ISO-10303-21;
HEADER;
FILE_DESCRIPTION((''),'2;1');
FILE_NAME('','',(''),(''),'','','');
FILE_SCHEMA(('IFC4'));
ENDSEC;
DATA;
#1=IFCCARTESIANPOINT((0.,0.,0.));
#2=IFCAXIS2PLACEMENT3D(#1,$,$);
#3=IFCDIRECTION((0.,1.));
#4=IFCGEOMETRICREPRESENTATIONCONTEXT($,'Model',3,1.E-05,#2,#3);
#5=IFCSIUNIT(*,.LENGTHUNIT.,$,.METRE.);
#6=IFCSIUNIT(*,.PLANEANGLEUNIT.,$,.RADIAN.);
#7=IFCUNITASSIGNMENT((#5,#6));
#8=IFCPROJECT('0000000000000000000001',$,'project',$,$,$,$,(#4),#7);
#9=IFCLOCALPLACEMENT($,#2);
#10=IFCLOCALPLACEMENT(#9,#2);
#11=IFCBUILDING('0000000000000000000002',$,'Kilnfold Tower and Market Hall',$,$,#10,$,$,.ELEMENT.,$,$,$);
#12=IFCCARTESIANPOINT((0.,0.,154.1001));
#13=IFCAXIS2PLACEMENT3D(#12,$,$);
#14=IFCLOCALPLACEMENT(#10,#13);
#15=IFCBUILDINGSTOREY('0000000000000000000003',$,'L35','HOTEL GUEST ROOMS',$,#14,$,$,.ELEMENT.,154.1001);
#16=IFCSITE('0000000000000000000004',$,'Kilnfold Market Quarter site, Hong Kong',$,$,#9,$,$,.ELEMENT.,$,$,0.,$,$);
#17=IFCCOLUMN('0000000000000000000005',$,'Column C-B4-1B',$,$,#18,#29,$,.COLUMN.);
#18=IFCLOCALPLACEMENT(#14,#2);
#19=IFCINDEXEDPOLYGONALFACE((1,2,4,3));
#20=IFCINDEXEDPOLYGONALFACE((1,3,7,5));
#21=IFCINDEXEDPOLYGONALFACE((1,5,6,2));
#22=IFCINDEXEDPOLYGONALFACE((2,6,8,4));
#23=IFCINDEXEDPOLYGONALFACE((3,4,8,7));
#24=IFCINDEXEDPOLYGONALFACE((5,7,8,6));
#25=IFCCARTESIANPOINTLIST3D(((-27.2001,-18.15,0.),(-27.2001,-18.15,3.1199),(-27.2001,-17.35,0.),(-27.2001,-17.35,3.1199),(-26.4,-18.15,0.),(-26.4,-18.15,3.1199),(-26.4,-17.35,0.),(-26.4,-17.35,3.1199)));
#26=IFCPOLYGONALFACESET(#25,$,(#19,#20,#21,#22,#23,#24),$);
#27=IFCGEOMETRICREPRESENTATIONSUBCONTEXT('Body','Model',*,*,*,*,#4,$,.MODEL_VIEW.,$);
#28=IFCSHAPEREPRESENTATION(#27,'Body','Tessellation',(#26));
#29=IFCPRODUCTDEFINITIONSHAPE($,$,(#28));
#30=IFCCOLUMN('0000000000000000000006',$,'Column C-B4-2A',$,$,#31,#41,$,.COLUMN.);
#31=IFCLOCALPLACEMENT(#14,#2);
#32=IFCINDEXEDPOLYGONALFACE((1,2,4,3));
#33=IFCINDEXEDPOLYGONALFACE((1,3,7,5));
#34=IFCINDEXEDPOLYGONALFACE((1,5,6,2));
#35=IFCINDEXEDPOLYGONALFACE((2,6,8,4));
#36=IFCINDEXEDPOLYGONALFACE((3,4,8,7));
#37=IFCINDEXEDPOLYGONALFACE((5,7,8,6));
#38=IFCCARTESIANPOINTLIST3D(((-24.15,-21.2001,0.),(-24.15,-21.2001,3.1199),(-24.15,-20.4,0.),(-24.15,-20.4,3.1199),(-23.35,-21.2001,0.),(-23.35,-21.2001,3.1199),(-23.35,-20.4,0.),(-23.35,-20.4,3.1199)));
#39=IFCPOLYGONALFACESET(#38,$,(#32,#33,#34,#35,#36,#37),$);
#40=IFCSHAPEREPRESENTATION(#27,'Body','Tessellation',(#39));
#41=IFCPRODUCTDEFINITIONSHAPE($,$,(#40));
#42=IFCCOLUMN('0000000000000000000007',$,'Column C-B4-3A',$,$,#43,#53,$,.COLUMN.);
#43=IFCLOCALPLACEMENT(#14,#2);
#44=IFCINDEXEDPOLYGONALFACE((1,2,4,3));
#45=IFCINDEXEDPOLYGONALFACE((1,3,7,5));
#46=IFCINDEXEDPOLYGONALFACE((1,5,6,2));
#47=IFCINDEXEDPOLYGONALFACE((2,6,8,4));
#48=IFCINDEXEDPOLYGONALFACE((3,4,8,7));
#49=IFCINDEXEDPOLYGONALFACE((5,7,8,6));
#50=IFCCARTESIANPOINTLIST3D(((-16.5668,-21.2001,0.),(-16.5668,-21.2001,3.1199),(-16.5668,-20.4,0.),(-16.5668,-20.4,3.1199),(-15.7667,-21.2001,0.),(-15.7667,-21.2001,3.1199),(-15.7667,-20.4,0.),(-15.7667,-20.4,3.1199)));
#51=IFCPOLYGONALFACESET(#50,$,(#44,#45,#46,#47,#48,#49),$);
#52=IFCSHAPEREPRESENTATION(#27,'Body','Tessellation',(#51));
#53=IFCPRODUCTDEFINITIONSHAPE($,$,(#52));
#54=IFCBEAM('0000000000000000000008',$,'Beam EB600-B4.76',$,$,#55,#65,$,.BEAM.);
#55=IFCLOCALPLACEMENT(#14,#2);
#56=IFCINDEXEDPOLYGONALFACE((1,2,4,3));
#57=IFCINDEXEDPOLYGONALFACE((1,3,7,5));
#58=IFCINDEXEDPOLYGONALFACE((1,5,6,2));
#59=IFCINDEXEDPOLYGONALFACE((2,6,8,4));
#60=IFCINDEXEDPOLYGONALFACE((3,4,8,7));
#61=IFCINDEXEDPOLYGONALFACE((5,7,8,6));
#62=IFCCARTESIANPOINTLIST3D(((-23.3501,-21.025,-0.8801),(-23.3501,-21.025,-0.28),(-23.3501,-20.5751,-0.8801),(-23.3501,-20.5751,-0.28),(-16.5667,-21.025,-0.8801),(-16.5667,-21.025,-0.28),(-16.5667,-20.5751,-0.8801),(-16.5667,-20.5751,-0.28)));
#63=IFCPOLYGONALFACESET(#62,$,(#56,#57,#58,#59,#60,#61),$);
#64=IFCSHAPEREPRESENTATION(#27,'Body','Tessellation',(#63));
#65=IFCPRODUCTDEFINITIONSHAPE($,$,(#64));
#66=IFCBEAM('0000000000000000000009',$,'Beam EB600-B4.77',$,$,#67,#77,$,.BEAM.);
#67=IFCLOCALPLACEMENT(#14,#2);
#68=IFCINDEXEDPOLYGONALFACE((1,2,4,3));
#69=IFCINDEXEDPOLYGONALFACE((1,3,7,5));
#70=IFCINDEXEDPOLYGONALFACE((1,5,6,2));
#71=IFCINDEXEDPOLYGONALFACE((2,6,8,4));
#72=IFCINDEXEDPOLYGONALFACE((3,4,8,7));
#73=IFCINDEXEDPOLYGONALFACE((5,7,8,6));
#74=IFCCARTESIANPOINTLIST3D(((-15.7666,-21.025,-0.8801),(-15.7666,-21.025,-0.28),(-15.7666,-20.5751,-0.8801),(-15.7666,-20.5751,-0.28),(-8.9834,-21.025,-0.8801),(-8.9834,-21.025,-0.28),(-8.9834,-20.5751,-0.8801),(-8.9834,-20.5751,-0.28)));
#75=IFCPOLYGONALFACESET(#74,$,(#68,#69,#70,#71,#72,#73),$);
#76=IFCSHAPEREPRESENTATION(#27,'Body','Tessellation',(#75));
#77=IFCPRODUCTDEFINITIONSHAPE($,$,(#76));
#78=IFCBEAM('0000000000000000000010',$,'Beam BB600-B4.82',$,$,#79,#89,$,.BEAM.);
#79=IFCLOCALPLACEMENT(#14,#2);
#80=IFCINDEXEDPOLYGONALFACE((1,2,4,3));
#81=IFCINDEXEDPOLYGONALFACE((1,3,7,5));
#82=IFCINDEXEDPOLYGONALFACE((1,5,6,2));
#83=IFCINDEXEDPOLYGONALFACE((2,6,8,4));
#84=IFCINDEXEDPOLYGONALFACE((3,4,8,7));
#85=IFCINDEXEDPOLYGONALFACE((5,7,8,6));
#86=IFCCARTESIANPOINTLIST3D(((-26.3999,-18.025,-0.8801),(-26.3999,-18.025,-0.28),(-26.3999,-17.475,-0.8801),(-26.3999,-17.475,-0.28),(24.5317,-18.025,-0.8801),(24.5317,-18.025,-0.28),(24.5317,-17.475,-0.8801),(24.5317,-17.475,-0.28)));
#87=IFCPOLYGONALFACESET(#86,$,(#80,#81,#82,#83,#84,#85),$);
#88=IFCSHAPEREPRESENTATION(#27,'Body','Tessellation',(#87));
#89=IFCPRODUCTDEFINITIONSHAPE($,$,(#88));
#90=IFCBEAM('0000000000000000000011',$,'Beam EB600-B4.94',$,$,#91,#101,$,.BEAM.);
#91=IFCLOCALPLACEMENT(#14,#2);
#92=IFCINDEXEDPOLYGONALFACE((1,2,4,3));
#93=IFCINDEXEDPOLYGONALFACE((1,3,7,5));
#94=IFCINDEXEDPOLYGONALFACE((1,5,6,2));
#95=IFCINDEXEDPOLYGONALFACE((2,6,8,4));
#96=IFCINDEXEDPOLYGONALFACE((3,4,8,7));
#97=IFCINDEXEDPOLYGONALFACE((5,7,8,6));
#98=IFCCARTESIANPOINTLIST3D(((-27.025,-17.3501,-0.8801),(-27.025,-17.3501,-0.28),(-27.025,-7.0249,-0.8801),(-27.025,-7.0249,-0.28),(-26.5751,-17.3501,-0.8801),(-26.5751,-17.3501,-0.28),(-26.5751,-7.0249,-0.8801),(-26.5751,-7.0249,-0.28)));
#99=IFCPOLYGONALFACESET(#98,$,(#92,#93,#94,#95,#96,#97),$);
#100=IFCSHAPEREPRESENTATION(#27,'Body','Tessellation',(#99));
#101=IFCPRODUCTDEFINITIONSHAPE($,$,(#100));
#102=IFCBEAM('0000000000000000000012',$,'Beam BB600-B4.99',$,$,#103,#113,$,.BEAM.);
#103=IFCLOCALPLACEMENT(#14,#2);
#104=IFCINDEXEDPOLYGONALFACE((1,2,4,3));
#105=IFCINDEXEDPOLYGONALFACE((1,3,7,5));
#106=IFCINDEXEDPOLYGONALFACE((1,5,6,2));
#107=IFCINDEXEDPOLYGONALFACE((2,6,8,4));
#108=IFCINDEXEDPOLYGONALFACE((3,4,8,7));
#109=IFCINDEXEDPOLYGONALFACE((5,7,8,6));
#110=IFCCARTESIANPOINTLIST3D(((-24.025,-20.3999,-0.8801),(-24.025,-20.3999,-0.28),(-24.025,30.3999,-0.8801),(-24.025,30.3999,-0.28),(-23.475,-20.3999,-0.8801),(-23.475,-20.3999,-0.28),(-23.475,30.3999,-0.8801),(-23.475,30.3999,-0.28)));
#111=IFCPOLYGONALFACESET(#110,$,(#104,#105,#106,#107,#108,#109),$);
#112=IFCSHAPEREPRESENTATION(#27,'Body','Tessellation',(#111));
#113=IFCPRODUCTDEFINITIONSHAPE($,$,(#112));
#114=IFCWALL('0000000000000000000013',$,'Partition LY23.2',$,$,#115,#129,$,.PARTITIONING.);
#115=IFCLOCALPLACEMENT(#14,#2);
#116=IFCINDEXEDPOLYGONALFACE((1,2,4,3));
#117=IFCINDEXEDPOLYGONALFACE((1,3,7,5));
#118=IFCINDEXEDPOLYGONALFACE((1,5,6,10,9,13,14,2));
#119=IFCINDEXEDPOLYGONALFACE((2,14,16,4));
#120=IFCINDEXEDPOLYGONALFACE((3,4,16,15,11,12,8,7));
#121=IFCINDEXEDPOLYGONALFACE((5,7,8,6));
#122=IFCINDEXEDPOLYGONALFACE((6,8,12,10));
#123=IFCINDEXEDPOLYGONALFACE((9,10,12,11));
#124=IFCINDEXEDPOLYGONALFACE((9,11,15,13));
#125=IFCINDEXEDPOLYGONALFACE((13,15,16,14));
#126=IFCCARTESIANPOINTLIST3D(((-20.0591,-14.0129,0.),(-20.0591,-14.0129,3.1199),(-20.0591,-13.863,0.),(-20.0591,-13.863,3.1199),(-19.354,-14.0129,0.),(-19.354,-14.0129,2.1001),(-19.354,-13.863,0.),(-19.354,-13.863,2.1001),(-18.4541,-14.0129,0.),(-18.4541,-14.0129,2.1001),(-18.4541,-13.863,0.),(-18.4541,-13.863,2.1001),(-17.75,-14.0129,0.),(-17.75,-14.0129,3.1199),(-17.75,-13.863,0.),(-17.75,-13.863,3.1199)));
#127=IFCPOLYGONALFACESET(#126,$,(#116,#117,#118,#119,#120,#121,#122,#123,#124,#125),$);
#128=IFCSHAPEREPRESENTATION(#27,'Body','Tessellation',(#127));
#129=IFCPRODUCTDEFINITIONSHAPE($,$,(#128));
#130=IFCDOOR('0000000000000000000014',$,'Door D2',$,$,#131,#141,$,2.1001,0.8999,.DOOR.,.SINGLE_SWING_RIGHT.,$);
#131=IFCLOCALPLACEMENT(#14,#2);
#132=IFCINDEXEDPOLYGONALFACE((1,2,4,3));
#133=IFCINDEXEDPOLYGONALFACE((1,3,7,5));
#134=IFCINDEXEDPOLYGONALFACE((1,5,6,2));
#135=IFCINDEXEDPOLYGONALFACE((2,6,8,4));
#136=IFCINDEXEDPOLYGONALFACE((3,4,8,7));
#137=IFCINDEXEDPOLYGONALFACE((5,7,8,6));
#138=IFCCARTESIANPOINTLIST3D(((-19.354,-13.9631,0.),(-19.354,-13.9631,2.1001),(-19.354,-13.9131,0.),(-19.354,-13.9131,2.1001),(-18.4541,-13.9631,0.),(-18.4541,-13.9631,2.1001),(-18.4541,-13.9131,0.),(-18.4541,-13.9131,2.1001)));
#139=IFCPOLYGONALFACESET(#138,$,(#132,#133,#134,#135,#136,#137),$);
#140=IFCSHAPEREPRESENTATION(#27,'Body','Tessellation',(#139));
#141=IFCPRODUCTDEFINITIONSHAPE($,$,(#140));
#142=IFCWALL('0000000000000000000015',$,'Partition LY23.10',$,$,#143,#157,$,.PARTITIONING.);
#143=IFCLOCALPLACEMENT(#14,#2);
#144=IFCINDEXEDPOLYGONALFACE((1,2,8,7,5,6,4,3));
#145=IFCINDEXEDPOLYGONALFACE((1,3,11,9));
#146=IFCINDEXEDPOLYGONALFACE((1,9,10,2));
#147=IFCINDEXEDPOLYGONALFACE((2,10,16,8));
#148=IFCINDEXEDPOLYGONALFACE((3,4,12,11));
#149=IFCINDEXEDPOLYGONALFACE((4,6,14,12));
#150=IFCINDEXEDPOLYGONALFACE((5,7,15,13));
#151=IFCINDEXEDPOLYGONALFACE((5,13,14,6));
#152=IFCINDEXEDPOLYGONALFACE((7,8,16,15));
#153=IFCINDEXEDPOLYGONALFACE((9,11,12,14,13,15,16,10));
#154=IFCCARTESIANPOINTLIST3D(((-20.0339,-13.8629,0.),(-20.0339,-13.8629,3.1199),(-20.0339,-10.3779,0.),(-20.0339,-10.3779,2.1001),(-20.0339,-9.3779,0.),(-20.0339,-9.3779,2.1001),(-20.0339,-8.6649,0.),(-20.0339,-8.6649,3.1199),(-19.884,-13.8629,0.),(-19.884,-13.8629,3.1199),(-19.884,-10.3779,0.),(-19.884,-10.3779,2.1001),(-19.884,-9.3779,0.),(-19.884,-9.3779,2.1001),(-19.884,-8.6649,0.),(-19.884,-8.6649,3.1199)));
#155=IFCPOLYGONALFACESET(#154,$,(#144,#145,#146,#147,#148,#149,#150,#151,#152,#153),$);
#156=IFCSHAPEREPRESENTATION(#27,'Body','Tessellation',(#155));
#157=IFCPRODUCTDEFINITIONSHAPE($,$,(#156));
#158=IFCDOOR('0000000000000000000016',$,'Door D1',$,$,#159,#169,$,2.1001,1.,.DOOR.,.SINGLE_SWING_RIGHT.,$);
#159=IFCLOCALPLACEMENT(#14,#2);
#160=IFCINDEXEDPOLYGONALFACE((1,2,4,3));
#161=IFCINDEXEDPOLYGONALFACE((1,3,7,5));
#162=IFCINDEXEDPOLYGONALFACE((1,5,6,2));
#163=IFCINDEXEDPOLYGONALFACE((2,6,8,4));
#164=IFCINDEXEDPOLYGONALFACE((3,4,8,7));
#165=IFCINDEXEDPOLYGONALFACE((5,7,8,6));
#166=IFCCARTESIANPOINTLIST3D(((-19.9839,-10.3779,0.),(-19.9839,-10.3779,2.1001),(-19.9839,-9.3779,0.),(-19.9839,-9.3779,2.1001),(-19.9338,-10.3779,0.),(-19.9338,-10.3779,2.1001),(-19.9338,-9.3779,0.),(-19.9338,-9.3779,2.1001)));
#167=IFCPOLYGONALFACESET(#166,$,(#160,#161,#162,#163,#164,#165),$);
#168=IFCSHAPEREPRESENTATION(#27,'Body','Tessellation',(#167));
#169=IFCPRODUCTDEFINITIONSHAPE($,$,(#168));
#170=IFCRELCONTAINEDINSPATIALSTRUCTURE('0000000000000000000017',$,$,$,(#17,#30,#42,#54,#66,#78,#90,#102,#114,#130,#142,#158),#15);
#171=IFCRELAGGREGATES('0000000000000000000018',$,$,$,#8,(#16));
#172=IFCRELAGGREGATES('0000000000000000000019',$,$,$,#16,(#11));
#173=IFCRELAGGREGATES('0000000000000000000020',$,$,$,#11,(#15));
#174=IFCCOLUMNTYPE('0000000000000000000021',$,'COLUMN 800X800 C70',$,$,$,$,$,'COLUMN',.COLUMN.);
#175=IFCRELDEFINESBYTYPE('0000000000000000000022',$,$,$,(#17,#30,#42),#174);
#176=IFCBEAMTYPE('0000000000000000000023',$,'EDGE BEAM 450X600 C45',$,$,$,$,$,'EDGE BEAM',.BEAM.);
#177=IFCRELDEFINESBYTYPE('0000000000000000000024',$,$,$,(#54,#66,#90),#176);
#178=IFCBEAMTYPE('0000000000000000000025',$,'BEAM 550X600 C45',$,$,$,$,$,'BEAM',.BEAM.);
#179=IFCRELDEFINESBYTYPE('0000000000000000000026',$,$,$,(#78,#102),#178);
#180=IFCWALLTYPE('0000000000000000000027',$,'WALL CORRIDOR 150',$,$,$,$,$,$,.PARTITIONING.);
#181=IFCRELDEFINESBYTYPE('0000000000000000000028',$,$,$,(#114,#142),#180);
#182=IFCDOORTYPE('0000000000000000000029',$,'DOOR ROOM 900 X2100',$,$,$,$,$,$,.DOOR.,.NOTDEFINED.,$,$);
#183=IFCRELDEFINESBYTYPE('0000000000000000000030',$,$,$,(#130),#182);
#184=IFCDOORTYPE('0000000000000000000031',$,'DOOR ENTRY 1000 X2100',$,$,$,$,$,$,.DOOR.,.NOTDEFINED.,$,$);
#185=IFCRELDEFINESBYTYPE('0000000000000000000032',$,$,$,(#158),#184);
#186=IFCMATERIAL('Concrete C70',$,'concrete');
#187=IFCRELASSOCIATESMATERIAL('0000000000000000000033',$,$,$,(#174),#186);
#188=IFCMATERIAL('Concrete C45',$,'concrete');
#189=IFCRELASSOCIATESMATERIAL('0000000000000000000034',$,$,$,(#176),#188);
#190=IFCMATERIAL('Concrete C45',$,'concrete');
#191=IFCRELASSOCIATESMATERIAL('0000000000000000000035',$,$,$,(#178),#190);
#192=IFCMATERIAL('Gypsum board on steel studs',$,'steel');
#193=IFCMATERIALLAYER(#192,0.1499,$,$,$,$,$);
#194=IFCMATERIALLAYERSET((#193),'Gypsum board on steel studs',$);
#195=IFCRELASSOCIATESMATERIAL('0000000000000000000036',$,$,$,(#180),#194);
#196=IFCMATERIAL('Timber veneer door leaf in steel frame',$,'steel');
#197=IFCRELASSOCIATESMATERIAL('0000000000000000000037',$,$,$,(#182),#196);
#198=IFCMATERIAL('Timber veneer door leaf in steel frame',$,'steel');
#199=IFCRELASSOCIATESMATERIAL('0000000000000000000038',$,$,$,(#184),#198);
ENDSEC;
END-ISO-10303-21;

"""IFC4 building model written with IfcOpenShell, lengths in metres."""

from ifc_helpers import new_model, si_unit, direction, frame, frame_2d, origin, origin_2d, place, context, subcontext, project, spatial, rectangle, extrude, source, transform, mapped, material, layer, layer_set, material_profile, profile_set, type_object, element, fill, save


model = new_model("IFC4")

# Units and contexts
model_context = context("Model", 3, precision=1e-05, world=origin(), true_north=direction((0.0, 1.0)))
body_context = subcontext(model_context, "Body", "Model", "MODEL_VIEW")
ifc_project = project(units=[si_unit("LENGTHUNIT", "METRE"), si_unit("PLANEANGLEUNIT", "RADIAN")], contexts=[model_context])

# Site, building, storey
site_placement = place(None, origin())
site = spatial("IfcSite", under=ifc_project, at=site_placement, Name="Kilnfold Market Quarter site, Hong Kong", CompositionType="ELEMENT", RefElevation=0.0)
building_placement = place(site_placement, origin())
building = spatial("IfcBuilding", under=site, at=building_placement, Name="Kilnfold Tower and Market Hall", CompositionType="ELEMENT")
storey_placement = place(building_placement, frame((0.0, 0.0, 154.1001)))
storey = spatial("IfcBuildingStorey", under=building, at=storey_placement, Name="L35", Description="HOTEL GUEST ROOMS", CompositionType="ELEMENT", Elevation=154.1001)

# Columns
ifc_material_1 = material(Name="Concrete C70", Category="concrete")
ifc_material_profile_1 = material_profile(ifc_material_1, rectangle(XDim=0.8, YDim=0.8, at=origin_2d()), Name="RC 800x800")
ifc_profile_set_1 = profile_set([ifc_material_profile_1], Name="Concrete C70")
column_type = type_object("IfcColumnType", Name="COLUMN 800X800 C70", ElementType="COLUMN", PredefinedType="COLUMN", material=ifc_profile_set_1)
shared_shape_1 = source(origin(), body_context, "Body", "SweptSolid", [
    extrude(rectangle(XDim=0.8, YDim=0.8, at=origin_2d()), origin(), (0.0, 0.0, 1.0), 3.1199),
])
for number, where, z_axis, x_axis, name in (
    (1, (-26.8, -17.75, 0.0), (0.0, 0.0, 1.0), (1.0, 0.0, 0.0), "Column C-B4-1B"),
    (2, (-23.75, -20.8, 0.0), (0.0, 0.0, 1.0), (1.0, 0.0, 0.0), "Column C-B4-2A"),
    (3, (-16.1667, -20.8, 0.0), (0.0, 0.0, 1.0), (1.0, 0.0, 0.0), "Column C-B4-3A"),
):
    element("IfcColumn", number, at=place(storey_placement, frame(where, z_axis=z_axis, x_axis=x_axis)), inside=storey, type_object=column_type, Name=name, PredefinedType="COLUMN", context=body_context, shape_type="MappedRepresentation", body=[
        mapped(shared_shape_1, transform((0.0, 0.0, 0.0))),
    ])

# Beams
ifc_material_2 = material(Name="Concrete C45", Category="concrete")
ifc_material_profile_2 = material_profile(ifc_material_2, rectangle(XDim=0.45, YDim=0.6001, at=origin_2d()), Name="RC 450x600")
ifc_profile_set_2 = profile_set([ifc_material_profile_2], Name="Concrete C45")
beam_type_1 = type_object("IfcBeamType", Name="EDGE BEAM 450X600 C45", ElementType="EDGE BEAM", PredefinedType="BEAM", material=ifc_profile_set_2)
shared_shape_2 = source(origin(), body_context, "Body", "SweptSolid", [
    extrude(rectangle(XDim=0.45, YDim=0.6001, at=origin_2d()), origin(), (0.0, 0.0, 1.0), 6.7834),
])
beam_1_placement = place(storey_placement, frame((-23.3501, -20.8, -0.5801), z_axis=(1.0, 0.0, 0.0), x_axis=(0.0, 1.0, 0.0)))
element("IfcBeam", 4, at=beam_1_placement, inside=storey, type_object=beam_type_1, Name="Beam EB600-B4.76", PredefinedType="BEAM", context=body_context, shape_type="MappedRepresentation", body=[
    mapped(shared_shape_2, transform((0.0, 0.0, 0.0))),
])
shared_shape_3 = source(origin(), body_context, "Body", "SweptSolid", [
    extrude(rectangle(XDim=0.45, YDim=0.6001, at=origin_2d()), origin(), (0.0, 0.0, 1.0), 6.7832),
])
beam_2_placement = place(storey_placement, frame((-15.7666, -20.8, -0.5801), z_axis=(1.0, 0.0, 0.0), x_axis=(0.0, 1.0, 0.0)))
element("IfcBeam", 5, at=beam_2_placement, inside=storey, type_object=beam_type_1, Name="Beam EB600-B4.77", PredefinedType="BEAM", context=body_context, shape_type="MappedRepresentation", body=[
    mapped(shared_shape_3, transform((0.0, 0.0, 0.0))),
])
ifc_material_3 = material(Name="Concrete C45", Category="concrete")
ifc_material_profile_3 = material_profile(ifc_material_3, rectangle(XDim=0.55, YDim=0.6001, at=origin_2d()), Name="RC 550x600")
ifc_profile_set_3 = profile_set([ifc_material_profile_3], Name="Concrete C45")
beam_type_2 = type_object("IfcBeamType", Name="BEAM 550X600 C45", ElementType="BEAM", PredefinedType="BEAM", material=ifc_profile_set_3)
shared_shape_4 = source(origin(), body_context, "Body", "SweptSolid", [
    extrude(rectangle(XDim=0.55, YDim=0.6001, at=origin_2d()), origin(), (0.0, 0.0, 1.0), 50.9316),
])
beam_3_placement = place(storey_placement, frame((-26.3999, -17.75, -0.5801), z_axis=(1.0, 0.0, 0.0), x_axis=(0.0, 1.0, 0.0)))
element("IfcBeam", 6, at=beam_3_placement, inside=storey, type_object=beam_type_2, Name="Beam BB600-B4.82", PredefinedType="BEAM", context=body_context, shape_type="MappedRepresentation", body=[
    mapped(shared_shape_4, transform((0.0, 0.0, 0.0))),
])
shared_shape_5 = source(origin(), body_context, "Body", "SweptSolid", [
    extrude(rectangle(XDim=0.45, YDim=0.6001, at=origin_2d()), origin(), (0.0, 0.0, 1.0), 10.3252),
])
beam_4_placement = place(storey_placement, frame((-26.8, -17.3501, -0.5801), z_axis=(0.0, 1.0, 0.0), x_axis=(-1.0, 0.0, 0.0)))
element("IfcBeam", 7, at=beam_4_placement, inside=storey, type_object=beam_type_1, Name="Beam EB600-B4.94", PredefinedType="BEAM", context=body_context, shape_type="MappedRepresentation", body=[
    mapped(shared_shape_5, transform((0.0, 0.0, 0.0))),
])
shared_shape_6 = source(origin(), body_context, "Body", "SweptSolid", [
    extrude(rectangle(XDim=0.55, YDim=0.6001, at=origin_2d()), origin(), (0.0, 0.0, 1.0), 50.7998),
])
beam_5_placement = place(storey_placement, frame((-23.75, -20.3999, -0.5801), z_axis=(0.0, 1.0, 0.0), x_axis=(-1.0, 0.0, 0.0)))
element("IfcBeam", 8, at=beam_5_placement, inside=storey, type_object=beam_type_2, Name="Beam BB600-B4.99", PredefinedType="BEAM", context=body_context, shape_type="MappedRepresentation", body=[
    mapped(shared_shape_6, transform((0.0, 0.0, 0.0))),
])

# Walls, openings, doors
ifc_material_4 = material(Name="Gypsum board on steel studs", Category="steel")
ifc_layer_1 = layer(ifc_material_4, 0.1499)
ifc_layer_set_1 = layer_set([ifc_layer_1], Name="Gypsum board on steel studs")
wall_type_1 = type_object("IfcWallType", Name="WALL CORRIDOR 150", PredefinedType="PARTITIONING", material=ifc_layer_set_1)
wall_1_placement = place(storey_placement, frame((-20.0591, -13.938, 0.0), z_axis=(0.0, 0.0, 1.0), x_axis=(1.0, 0.0, 0.0)))
wall_1 = element("IfcWall", 9, at=wall_1_placement, inside=storey, type_object=wall_type_1, Name="Partition LY23.2", PredefinedType="PARTITIONING", context=body_context, shape_type="SweptSolid", body=[
    extrude(rectangle(XDim=2.3091, YDim=0.1499, at=frame_2d((1.1545, 0.0))), origin(), (0.0, 0.0, 1.0), 3.1199),
])
opening_1_placement = place(wall_1_placement, frame((0.7051, 0.0, 0.0)))
opening_1 = element("IfcOpeningElement", 10, at=opening_1_placement, cuts=wall_1, PredefinedType="OPENING", context=body_context, shape_type="SweptSolid", body=[
    extrude(rectangle(XDim=0.8999, YDim=2.1001, at=frame_2d((0.45, 1.05))), frame((0.0, 0.085, 0.0), z_axis=(0.0, -1.0, 0.0), x_axis=(1.0, 0.0, 0.0)), (0.0, 0.0, 1.0), 0.1699),
])
ifc_material_5 = material(Name="Timber veneer door leaf in steel frame", Category="steel")
door_type_1 = type_object("IfcDoorType", Name="DOOR ROOM 900 X2100", OperationType="NOTDEFINED", PredefinedType="DOOR", material=ifc_material_5)
door_1_placement = place(opening_1_placement, origin())
door_1 = element("IfcDoor", 11, at=door_1_placement, inside=storey, type_object=door_type_1, Name="Door D2", OperationType="SINGLE_SWING_RIGHT", OverallHeight=2.1001, OverallWidth=0.8999, PredefinedType="DOOR", context=body_context, shape_type="SweptSolid", body=[
    extrude(rectangle(XDim=0.8999, YDim=2.1001, at=frame_2d((0.45, 1.05))), frame((0.0, 0.0249, 0.0), z_axis=(0.0, -1.0, 0.0), x_axis=(1.0, 0.0, 0.0)), (0.0, 0.0, 1.0), 0.05),
])
fill(opening_1, door_1)
wall_2_placement = place(storey_placement, frame((-19.959, -13.863, 0.0), z_axis=(0.0, 0.0, 1.0), x_axis=(0.0, 1.0, 0.0)))
wall_2 = element("IfcWall", 12, at=wall_2_placement, inside=storey, type_object=wall_type_1, Name="Partition LY23.10", PredefinedType="PARTITIONING", context=body_context, shape_type="SweptSolid", body=[
    extrude(rectangle(XDim=5.198, YDim=0.1499, at=frame_2d((2.5991, 0.0))), origin(), (0.0, 0.0, 1.0), 3.1199),
])
opening_2_placement = place(wall_2_placement, frame((3.4851, 0.0, 0.0)))
opening_2 = element("IfcOpeningElement", 13, at=opening_2_placement, cuts=wall_2, PredefinedType="OPENING", context=body_context, shape_type="SweptSolid", body=[
    extrude(rectangle(XDim=1.0, YDim=2.1001, at=frame_2d((0.5, 1.05))), frame((0.0, 0.085, 0.0), z_axis=(0.0, -1.0, 0.0), x_axis=(1.0, 0.0, 0.0)), (0.0, 0.0, 1.0), 0.1699),
])
ifc_material_6 = material(Name="Timber veneer door leaf in steel frame", Category="steel")
door_type_2 = type_object("IfcDoorType", Name="DOOR ENTRY 1000 X2100", OperationType="NOTDEFINED", PredefinedType="DOOR", material=ifc_material_6)
door_2_placement = place(opening_2_placement, origin())
door_2 = element("IfcDoor", 14, at=door_2_placement, inside=storey, type_object=door_type_2, Name="Door D1", OperationType="SINGLE_SWING_RIGHT", OverallHeight=2.1001, OverallWidth=1.0, PredefinedType="DOOR", context=body_context, shape_type="SweptSolid", body=[
    extrude(rectangle(XDim=1.0, YDim=2.1001, at=frame_2d((0.5, 1.05))), frame((0.0, 0.0249, 0.0), z_axis=(0.0, -1.0, 0.0), x_axis=(1.0, 0.0, 0.0)), (0.0, 0.0, 1.0), 0.05),
])
fill(opening_2, door_2)

save(model, "model.ifc")
